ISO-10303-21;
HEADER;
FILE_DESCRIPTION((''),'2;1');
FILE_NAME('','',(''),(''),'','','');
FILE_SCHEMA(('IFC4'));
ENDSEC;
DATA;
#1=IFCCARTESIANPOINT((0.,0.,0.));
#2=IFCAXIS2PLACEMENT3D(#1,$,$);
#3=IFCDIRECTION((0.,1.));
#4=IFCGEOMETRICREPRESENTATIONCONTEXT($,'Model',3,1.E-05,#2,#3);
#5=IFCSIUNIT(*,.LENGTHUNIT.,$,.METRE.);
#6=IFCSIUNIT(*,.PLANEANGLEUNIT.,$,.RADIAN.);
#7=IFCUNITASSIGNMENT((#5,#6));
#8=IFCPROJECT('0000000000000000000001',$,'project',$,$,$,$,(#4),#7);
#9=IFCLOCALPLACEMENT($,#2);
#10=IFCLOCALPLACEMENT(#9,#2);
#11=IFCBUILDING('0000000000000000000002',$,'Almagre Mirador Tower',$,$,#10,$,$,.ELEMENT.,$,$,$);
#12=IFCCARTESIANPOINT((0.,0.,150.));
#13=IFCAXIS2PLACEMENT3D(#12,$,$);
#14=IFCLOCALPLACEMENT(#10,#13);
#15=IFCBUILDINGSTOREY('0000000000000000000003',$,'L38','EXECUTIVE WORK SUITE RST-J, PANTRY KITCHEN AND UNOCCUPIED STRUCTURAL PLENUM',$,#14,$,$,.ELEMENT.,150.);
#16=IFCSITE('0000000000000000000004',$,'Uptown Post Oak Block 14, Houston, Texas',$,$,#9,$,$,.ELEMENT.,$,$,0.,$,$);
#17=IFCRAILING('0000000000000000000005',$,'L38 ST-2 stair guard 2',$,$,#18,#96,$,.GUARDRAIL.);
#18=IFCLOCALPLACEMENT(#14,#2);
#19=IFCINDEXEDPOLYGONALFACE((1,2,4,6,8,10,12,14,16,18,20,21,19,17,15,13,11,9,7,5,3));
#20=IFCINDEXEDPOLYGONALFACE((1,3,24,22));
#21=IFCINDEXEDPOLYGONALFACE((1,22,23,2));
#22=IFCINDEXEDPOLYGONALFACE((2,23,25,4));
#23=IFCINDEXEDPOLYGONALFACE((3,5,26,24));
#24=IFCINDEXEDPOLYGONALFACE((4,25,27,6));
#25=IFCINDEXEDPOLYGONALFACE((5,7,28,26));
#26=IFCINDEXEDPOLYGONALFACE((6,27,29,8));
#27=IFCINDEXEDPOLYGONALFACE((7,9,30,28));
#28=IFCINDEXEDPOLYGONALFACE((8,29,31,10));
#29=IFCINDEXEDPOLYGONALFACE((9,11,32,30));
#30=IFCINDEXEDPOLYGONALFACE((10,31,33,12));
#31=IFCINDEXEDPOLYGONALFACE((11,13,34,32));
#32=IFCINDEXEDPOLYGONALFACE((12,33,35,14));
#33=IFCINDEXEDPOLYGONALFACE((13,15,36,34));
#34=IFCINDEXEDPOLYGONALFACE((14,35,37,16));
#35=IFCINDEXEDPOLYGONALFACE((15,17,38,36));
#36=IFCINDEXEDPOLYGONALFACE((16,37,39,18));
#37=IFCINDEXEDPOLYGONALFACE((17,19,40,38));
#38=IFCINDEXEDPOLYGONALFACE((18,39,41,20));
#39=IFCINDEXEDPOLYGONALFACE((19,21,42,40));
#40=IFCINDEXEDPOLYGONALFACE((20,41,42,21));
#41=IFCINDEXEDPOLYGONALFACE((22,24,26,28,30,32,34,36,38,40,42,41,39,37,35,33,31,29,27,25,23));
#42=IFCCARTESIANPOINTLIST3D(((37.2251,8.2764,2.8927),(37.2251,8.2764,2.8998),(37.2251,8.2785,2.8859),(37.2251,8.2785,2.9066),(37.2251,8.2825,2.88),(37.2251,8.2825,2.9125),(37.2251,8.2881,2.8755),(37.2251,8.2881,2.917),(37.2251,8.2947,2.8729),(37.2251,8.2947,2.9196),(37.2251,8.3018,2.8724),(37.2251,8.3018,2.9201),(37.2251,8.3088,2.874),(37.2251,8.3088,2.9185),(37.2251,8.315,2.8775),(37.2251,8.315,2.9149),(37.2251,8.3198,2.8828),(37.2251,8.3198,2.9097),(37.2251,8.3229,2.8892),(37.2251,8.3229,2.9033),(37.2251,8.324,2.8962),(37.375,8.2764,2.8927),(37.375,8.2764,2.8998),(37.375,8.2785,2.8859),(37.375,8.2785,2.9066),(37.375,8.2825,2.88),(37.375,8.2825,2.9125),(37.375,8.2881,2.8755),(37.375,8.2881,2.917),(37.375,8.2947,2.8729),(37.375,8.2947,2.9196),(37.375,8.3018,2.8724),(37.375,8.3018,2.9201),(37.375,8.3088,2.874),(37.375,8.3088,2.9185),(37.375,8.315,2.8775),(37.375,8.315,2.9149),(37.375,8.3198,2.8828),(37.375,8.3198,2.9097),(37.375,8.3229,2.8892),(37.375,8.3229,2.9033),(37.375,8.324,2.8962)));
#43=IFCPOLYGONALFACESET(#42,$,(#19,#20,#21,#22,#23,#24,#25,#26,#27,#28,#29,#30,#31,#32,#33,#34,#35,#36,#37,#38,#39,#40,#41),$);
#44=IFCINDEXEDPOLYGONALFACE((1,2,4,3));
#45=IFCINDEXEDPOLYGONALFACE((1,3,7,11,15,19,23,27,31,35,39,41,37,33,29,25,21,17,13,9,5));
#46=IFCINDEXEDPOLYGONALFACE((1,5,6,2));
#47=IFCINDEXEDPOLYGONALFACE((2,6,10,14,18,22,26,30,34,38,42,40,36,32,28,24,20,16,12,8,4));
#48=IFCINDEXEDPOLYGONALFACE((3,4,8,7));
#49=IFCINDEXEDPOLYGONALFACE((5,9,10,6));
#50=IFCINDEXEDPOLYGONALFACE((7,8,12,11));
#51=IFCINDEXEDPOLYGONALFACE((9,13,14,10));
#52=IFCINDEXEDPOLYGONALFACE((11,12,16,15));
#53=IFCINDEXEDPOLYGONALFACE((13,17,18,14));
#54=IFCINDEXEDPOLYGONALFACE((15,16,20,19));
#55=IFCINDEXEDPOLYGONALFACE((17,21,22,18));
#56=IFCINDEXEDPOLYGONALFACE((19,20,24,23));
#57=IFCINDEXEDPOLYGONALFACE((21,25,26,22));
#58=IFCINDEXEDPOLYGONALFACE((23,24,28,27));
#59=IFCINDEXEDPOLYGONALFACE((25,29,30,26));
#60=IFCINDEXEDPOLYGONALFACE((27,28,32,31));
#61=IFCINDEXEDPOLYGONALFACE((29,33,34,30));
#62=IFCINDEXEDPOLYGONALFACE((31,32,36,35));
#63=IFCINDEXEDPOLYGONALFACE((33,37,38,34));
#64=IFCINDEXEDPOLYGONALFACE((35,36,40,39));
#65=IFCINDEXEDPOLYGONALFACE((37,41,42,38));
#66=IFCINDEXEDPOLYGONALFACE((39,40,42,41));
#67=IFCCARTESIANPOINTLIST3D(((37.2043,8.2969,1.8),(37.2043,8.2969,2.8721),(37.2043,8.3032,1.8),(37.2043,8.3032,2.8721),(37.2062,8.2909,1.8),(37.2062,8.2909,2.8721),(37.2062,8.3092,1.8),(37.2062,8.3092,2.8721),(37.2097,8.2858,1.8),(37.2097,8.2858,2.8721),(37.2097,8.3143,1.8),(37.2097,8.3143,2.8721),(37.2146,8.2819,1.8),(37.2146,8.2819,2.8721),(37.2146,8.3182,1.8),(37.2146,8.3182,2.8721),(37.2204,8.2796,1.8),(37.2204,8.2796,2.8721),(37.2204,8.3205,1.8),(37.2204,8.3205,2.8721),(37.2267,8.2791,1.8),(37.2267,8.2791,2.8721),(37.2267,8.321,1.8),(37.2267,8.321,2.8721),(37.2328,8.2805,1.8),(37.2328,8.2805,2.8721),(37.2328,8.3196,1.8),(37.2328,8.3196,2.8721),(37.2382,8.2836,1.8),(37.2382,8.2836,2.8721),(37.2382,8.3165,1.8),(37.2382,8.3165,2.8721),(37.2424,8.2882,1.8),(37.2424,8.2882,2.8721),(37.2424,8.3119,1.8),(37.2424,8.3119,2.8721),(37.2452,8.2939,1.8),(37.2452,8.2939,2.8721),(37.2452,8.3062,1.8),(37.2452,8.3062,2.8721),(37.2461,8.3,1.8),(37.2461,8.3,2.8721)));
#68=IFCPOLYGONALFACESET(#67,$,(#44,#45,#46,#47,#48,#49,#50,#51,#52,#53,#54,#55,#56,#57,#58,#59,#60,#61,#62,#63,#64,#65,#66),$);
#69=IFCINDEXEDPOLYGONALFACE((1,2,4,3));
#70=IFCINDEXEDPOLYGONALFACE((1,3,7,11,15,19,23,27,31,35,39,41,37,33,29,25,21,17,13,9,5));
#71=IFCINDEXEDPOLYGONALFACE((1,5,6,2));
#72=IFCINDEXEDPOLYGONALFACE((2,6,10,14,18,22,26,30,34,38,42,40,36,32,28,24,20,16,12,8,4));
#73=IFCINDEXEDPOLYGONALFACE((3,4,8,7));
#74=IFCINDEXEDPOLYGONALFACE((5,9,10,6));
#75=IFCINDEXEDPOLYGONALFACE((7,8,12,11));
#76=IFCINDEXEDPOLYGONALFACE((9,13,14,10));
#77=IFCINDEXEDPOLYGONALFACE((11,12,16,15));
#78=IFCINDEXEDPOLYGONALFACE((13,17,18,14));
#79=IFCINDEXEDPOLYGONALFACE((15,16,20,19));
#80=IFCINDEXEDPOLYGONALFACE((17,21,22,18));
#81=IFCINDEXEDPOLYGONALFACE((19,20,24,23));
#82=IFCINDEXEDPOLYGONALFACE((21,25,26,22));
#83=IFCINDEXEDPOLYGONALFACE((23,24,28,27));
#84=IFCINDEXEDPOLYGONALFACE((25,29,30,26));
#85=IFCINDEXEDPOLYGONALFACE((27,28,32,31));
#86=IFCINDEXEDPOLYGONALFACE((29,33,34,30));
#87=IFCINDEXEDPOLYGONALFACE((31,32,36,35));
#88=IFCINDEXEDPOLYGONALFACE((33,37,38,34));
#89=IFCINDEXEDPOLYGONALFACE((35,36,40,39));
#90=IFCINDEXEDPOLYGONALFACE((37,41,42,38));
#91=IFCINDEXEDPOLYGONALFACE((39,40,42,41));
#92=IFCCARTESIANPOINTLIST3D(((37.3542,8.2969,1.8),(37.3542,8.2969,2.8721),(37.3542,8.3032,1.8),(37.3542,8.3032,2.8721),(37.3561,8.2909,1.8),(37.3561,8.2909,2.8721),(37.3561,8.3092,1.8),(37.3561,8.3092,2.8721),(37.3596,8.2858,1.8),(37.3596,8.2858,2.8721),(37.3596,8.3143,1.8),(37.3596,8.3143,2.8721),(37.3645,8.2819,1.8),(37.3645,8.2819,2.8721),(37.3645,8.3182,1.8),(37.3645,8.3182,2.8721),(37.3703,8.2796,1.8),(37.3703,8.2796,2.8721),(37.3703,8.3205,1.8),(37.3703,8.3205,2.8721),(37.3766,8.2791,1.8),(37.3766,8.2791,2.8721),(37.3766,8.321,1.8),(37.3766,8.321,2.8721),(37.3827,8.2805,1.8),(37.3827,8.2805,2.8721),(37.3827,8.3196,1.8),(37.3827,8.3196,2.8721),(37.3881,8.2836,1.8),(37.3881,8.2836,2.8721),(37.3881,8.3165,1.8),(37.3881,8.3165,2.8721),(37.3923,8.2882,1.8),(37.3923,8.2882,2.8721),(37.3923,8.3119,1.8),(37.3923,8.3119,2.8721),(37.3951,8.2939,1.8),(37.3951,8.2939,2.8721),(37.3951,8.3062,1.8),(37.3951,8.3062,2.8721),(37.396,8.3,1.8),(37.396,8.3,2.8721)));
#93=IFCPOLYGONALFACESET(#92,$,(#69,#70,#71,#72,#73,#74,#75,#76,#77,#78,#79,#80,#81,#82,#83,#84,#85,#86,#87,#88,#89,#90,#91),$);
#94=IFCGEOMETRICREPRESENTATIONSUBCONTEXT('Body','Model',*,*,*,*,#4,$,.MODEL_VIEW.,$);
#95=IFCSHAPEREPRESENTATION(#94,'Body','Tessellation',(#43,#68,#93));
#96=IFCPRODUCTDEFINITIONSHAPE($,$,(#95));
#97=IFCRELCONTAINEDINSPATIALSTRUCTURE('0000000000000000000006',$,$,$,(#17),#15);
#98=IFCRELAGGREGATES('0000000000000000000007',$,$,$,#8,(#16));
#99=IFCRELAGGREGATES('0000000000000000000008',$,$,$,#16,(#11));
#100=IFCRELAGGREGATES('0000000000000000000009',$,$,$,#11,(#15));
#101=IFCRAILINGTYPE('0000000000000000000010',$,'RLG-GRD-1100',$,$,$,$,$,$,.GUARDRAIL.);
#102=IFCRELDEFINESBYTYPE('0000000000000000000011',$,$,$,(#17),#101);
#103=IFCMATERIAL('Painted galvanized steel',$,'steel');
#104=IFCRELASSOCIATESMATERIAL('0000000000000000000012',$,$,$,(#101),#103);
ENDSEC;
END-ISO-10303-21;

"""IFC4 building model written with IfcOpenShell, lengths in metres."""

from ifc_helpers import new_model, si_unit, direction, frame, origin, origin_2d, place, context, subcontext, project, spatial, circle, extrude, material, type_object, element, save


model = new_model("IFC4")

# Units and contexts
model_context = context("Model", 3, precision=1e-05, world=origin(), true_north=direction((0.0, 1.0)))
body_context = subcontext(model_context, "Body", "Model", "MODEL_VIEW")
ifc_project = project(units=[si_unit("LENGTHUNIT", "METRE"), si_unit("PLANEANGLEUNIT", "RADIAN")], contexts=[model_context])

# Site, building, storey
site_placement = place(None, origin())
site = spatial("IfcSite", under=ifc_project, at=site_placement, Name="Uptown Post Oak Block 14, Houston, Texas", CompositionType="ELEMENT", RefElevation=0.0)
building_placement = place(site_placement, origin())
building = spatial("IfcBuilding", under=site, at=building_placement, Name="Almagre Mirador Tower", CompositionType="ELEMENT")
storey_placement = place(building_placement, frame((0.0, 0.0, 150.0)))
storey = spatial("IfcBuildingStorey", under=building, at=storey_placement, Name="L38", Description="EXECUTIVE WORK SUITE RST-J, PANTRY KITCHEN AND UNOCCUPIED STRUCTURAL PLENUM", CompositionType="ELEMENT", Elevation=150.0)

# Railing
ifc_material_1 = material(Name="Painted galvanized steel", Category="steel")
railing_type_1 = type_object("IfcRailingType", Name="RLG-GRD-1100", PredefinedType="GUARDRAIL", material=ifc_material_1)
railing_1_placement = place(storey_placement, frame((37.2251, 8.3, 1.8)))
element("IfcRailing", 1, at=railing_1_placement, inside=storey, type_object=railing_type_1, Name="L38 ST-2 stair guard 2", PredefinedType="GUARDRAIL", context=body_context, shape_type="SweptSolid", body=[
    extrude(circle(Radius=0.0239, at=origin_2d()), frame((0.0, 0.0, 1.0962), z_axis=(1.0, 0.0, 0.0), x_axis=(0.0, 1.0, 0.0)), (0.0, 0.0, 1.0), 0.1499),
    extrude(circle(Radius=0.021, at=origin_2d()), origin(), (0.0, 0.0, 1.0), 1.072),
    extrude(circle(Radius=0.021, at=origin_2d()), frame((0.1499, 0.0, 0.0)), (0.0, 0.0, 1.0), 1.072),
])

save(model, "model.ifc")
